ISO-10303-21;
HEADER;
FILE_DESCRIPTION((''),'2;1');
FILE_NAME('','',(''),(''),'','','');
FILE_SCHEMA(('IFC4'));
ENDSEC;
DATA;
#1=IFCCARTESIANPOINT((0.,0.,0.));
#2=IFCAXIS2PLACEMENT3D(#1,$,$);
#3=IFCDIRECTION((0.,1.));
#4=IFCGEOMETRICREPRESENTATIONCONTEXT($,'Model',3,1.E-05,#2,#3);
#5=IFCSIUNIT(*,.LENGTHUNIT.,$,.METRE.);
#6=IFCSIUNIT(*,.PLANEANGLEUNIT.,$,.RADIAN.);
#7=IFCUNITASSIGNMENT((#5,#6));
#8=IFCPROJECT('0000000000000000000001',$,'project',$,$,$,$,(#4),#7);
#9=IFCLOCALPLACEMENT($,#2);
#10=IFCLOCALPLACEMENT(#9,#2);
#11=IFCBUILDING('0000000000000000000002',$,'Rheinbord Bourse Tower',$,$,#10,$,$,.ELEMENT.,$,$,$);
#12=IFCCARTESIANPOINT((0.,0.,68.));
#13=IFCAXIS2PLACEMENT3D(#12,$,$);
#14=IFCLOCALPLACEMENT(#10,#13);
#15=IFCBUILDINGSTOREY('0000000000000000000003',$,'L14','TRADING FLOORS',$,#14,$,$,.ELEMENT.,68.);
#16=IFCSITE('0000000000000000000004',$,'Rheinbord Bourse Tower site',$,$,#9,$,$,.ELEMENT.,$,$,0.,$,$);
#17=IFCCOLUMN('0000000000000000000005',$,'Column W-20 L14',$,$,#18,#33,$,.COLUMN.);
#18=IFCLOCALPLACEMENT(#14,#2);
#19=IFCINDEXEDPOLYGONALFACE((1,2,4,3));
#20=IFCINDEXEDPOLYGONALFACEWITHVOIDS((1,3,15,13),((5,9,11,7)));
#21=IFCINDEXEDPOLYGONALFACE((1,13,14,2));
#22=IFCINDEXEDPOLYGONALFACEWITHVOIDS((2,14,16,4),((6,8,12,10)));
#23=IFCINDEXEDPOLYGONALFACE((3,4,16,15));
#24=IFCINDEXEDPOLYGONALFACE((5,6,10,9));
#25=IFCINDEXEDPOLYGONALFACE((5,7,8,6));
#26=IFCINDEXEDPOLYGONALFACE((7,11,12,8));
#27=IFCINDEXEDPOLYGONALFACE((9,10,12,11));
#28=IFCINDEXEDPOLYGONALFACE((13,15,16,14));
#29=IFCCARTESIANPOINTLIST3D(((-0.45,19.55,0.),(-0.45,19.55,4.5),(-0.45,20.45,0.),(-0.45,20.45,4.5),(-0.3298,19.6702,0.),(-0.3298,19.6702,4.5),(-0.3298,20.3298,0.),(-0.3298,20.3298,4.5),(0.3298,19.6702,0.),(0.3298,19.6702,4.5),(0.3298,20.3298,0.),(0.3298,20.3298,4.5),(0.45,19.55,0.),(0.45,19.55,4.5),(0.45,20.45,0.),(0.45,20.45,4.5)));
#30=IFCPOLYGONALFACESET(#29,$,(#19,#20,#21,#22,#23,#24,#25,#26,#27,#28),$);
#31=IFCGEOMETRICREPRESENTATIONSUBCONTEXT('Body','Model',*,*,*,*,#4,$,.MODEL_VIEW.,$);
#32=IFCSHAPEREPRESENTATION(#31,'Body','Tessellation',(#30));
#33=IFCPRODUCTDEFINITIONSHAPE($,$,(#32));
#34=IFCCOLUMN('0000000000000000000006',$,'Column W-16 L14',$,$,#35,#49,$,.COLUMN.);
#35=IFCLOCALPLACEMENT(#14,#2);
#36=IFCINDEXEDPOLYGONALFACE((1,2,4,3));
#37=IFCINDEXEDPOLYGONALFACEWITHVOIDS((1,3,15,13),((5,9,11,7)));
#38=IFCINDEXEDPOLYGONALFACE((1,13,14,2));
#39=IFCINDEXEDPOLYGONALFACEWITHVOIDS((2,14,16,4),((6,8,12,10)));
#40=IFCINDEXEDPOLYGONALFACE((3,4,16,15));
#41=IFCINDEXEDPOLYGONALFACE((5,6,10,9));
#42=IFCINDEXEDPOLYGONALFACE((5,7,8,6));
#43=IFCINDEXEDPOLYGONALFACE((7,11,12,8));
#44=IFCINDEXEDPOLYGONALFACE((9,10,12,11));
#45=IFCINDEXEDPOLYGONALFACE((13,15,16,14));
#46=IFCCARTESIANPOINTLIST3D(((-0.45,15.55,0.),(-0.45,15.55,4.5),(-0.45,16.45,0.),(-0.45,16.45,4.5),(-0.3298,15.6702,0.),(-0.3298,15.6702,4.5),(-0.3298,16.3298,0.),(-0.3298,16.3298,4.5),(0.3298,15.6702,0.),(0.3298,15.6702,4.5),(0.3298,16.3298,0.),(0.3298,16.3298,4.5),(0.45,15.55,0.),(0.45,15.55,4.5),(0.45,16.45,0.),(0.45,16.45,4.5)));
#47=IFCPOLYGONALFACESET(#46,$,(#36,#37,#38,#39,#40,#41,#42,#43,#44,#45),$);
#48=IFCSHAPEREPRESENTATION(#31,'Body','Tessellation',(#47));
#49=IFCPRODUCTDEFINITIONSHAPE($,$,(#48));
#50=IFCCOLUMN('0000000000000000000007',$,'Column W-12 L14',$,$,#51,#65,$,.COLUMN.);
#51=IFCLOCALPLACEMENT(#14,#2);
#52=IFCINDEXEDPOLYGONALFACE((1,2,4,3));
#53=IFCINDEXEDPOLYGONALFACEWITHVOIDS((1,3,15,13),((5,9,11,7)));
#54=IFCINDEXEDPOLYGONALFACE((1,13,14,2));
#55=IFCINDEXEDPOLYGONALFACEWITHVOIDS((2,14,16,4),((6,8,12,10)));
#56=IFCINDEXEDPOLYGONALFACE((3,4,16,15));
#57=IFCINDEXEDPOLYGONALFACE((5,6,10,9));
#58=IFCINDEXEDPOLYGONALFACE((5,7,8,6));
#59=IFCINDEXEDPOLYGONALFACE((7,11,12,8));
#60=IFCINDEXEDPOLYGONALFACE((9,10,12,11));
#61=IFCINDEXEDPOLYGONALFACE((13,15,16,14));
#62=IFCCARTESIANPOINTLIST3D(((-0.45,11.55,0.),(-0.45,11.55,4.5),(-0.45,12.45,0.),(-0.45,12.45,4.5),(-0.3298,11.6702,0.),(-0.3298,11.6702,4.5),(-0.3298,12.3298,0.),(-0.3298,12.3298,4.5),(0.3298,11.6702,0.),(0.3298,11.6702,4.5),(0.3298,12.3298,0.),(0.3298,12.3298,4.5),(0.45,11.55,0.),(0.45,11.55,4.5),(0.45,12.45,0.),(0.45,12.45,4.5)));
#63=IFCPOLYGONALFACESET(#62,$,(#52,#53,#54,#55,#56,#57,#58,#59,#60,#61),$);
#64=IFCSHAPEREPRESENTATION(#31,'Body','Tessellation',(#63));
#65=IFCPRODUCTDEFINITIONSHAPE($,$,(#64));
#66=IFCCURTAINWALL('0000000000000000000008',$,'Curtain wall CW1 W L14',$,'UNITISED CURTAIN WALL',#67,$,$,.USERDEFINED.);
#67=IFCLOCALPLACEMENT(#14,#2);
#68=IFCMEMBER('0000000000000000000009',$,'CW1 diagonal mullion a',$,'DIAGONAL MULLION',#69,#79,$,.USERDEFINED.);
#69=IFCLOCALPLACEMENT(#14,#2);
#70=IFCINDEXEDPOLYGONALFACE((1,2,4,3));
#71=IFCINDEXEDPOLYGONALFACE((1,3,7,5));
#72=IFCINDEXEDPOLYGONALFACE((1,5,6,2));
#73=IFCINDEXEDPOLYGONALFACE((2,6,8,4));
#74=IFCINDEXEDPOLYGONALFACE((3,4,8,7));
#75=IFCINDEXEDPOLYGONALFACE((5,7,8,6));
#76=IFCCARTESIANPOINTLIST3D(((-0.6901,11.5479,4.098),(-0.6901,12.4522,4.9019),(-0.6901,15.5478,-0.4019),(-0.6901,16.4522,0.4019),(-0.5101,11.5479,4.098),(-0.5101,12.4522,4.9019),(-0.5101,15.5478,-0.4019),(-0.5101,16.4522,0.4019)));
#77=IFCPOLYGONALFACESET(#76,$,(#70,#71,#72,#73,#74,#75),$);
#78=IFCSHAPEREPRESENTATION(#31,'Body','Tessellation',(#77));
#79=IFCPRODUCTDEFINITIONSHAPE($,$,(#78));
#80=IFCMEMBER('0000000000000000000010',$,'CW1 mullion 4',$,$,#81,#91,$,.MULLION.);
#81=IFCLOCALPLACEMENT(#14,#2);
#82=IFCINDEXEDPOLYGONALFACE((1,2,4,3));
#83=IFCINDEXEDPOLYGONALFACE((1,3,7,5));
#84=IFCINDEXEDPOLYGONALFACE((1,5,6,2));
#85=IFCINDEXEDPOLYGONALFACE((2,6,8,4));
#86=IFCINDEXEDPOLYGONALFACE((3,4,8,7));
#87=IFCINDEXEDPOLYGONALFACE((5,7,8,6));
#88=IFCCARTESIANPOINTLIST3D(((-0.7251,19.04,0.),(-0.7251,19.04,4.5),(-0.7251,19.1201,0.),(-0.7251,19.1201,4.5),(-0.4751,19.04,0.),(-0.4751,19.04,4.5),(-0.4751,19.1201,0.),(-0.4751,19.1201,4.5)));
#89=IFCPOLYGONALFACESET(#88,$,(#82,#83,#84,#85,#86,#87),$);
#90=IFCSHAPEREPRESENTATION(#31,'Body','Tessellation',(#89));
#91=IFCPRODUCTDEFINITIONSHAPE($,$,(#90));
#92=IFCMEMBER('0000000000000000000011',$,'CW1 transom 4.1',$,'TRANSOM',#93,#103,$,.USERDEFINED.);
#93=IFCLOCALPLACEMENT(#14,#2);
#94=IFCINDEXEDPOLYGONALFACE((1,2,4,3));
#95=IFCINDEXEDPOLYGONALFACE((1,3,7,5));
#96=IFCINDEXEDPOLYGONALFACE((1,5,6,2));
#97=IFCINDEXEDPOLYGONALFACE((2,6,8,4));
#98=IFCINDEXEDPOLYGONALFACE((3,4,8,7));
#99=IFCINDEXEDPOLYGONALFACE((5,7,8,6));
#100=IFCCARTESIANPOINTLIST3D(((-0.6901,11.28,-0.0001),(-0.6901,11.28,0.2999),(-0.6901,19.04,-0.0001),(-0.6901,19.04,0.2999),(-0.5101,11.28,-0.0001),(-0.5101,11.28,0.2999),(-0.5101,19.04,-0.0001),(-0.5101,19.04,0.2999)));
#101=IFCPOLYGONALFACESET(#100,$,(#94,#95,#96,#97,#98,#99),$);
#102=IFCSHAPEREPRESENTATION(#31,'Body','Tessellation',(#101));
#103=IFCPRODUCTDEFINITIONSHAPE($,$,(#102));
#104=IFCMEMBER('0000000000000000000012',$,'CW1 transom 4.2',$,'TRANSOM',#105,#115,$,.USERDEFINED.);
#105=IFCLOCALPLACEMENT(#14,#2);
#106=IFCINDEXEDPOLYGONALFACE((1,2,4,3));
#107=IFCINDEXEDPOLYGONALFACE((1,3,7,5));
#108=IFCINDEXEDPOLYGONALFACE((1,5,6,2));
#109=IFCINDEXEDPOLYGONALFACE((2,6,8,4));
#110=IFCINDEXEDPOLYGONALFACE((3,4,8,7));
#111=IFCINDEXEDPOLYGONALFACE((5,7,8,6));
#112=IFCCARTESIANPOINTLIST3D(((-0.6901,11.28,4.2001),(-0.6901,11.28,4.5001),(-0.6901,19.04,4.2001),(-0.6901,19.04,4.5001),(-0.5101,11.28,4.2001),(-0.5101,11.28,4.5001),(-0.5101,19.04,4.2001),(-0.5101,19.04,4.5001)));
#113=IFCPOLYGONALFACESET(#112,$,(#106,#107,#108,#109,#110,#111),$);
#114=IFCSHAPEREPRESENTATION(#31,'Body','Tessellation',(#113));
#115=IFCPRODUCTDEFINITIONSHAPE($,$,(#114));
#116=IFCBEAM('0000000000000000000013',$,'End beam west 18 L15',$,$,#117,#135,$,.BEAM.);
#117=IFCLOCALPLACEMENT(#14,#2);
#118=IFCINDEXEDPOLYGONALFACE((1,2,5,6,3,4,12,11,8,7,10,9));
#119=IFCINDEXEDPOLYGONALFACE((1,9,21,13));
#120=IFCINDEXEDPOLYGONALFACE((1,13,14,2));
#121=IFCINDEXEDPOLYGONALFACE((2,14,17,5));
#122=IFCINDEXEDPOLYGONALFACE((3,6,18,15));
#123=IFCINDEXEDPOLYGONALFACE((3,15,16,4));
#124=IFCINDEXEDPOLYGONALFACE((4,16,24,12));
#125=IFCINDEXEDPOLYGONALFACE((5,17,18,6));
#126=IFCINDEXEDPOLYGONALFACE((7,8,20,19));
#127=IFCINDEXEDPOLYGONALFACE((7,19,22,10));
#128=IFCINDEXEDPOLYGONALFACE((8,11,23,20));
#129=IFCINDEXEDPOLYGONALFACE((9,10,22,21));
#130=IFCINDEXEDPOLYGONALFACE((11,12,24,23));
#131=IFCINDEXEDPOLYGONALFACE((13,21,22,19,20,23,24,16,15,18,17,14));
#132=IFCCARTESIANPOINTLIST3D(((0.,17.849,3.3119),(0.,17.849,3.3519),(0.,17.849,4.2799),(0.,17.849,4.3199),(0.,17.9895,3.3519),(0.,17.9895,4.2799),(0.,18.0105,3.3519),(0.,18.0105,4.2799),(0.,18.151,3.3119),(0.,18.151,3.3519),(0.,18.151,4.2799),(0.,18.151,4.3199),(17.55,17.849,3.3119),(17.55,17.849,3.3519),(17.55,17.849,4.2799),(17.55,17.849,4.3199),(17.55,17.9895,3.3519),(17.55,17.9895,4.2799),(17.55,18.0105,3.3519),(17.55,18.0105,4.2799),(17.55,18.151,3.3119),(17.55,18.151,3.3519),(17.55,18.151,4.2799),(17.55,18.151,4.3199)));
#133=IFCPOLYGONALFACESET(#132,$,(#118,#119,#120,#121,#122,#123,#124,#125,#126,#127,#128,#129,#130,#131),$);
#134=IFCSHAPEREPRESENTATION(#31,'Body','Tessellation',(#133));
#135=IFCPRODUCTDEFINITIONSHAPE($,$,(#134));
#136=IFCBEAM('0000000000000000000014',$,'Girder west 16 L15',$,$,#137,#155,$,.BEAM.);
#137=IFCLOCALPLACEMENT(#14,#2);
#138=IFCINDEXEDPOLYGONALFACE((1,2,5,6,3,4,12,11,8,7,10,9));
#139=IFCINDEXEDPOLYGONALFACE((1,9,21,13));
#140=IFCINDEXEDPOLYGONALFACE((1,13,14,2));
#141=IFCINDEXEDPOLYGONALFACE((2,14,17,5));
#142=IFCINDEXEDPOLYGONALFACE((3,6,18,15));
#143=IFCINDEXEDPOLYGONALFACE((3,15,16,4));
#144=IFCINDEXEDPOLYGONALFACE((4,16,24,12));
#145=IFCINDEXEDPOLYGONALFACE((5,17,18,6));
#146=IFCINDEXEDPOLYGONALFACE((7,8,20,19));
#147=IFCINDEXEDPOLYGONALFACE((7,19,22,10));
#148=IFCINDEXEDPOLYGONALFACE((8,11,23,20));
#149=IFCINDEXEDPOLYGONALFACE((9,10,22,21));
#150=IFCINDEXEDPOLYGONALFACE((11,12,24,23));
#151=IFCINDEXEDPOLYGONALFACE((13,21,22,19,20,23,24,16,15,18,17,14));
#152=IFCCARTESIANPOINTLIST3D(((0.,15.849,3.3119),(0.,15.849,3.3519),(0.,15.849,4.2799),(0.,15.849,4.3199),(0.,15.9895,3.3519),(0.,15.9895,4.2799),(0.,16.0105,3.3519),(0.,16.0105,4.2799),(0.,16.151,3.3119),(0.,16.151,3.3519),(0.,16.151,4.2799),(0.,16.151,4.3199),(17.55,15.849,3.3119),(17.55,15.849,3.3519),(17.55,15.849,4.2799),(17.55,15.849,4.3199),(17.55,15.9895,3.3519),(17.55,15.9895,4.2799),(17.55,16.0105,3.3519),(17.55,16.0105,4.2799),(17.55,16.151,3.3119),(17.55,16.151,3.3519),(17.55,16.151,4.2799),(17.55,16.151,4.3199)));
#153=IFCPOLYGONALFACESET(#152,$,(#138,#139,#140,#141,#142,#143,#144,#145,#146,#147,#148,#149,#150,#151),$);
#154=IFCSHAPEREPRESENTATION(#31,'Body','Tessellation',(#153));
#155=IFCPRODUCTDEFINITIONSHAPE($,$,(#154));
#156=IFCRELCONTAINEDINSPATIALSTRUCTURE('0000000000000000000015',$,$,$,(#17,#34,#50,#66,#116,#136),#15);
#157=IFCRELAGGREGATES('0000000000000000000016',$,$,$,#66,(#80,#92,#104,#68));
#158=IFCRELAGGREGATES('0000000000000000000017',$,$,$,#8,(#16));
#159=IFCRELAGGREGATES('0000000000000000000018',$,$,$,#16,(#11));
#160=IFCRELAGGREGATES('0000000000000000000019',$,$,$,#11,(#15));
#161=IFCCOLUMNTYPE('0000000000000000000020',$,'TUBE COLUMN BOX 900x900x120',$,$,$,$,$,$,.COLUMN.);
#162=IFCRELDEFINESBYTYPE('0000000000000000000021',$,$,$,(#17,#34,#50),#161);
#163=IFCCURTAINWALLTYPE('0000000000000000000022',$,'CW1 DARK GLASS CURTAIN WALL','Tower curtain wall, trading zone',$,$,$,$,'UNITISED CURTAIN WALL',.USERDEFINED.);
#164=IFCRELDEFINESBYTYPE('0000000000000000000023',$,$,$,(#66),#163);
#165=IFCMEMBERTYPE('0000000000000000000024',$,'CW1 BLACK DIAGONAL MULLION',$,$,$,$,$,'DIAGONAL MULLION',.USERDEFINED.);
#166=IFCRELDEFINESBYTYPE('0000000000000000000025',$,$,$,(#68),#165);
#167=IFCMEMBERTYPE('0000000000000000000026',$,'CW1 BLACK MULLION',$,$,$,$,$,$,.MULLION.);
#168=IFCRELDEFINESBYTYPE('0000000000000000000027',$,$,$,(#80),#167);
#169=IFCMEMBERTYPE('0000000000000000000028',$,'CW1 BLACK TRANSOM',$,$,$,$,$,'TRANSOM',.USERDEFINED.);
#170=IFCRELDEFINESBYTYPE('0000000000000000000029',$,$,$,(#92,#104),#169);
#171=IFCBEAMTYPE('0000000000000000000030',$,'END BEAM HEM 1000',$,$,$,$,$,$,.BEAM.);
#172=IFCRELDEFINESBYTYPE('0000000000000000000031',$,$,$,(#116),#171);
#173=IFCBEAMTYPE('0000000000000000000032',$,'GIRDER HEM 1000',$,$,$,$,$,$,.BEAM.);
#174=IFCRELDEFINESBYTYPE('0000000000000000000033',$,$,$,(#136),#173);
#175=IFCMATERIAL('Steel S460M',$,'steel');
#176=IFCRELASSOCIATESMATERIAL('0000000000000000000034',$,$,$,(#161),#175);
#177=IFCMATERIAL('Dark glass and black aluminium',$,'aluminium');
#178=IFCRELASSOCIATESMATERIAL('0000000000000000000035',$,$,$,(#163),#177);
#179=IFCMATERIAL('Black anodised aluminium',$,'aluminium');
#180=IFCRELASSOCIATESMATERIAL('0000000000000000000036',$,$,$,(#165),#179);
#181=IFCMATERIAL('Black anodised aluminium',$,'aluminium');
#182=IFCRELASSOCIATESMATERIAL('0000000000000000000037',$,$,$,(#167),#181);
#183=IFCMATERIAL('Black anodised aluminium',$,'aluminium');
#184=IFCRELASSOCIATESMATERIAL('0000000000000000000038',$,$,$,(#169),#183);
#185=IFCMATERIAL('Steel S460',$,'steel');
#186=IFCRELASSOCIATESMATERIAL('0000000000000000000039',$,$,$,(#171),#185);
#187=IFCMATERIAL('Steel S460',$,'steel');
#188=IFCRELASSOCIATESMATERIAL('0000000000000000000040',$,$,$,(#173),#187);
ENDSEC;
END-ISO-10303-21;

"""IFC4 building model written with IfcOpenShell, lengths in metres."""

from ifc_helpers import new_model, si_unit, direction, frame, origin, origin_2d, place, context, subcontext, project, spatial, rectangle, hollow_rectangle, i_section, extrude, material, material_profile, profile_set, type_object, element, aggregate, save


model = new_model("IFC4")

# Units and contexts
model_context = context("Model", 3, precision=1e-05, world=origin(), true_north=direction((0.0, 1.0)))
body_context = subcontext(model_context, "Body", "Model", "MODEL_VIEW")
ifc_project = project(units=[si_unit("LENGTHUNIT", "METRE"), si_unit("PLANEANGLEUNIT", "RADIAN")], contexts=[model_context])

# Site, building, storey
site_placement = place(None, origin())
site = spatial("IfcSite", under=ifc_project, at=site_placement, Name="Rheinbord Bourse Tower site", CompositionType="ELEMENT", RefElevation=0.0)
building_placement = place(site_placement, origin())
building = spatial("IfcBuilding", under=site, at=building_placement, Name="Rheinbord Bourse Tower", CompositionType="ELEMENT")
storey_placement = place(building_placement, frame((0.0, 0.0, 68.0)))
storey = spatial("IfcBuildingStorey", under=building, at=storey_placement, Name="L14", Description="TRADING FLOORS", CompositionType="ELEMENT", Elevation=68.0)

# Columns
ifc_material_1 = material(Name="Steel S460M", Category="steel")
ifc_material_profile_1 = material_profile(ifc_material_1, hollow_rectangle(XDim=0.8999, YDim=0.8999, WallThickness=0.1201, at=origin_2d()), Name="BOX 900x900x120")
ifc_profile_set_1 = profile_set([ifc_material_profile_1], Name="Steel S460M")
column_type = type_object("IfcColumnType", Name="TUBE COLUMN BOX 900x900x120", PredefinedType="COLUMN", material=ifc_profile_set_1)
for number, where, z_axis, x_axis, name in (
    (1, (0.0, 20.0, 0.0), (0.0, 0.0, 1.0), (1.0, 0.0, 0.0), "Column W-20 L14"),
    (2, (0.0, 16.0, 0.0), (0.0, 0.0, 1.0), (1.0, 0.0, 0.0), "Column W-16 L14"),
    (3, (0.0, 12.0, 0.0), (0.0, 0.0, 1.0), (1.0, 0.0, 0.0), "Column W-12 L14"),
):
    element("IfcColumn", number, at=place(storey_placement, frame(where, z_axis=z_axis, x_axis=x_axis)), inside=storey, type_object=column_type, Name=name, PredefinedType="COLUMN", context=body_context, shape_type="SweptSolid", body=[
        extrude(hollow_rectangle(XDim=0.8999, YDim=0.8999, WallThickness=0.1201, at=origin_2d()), origin(), (0.0, 0.0, 1.0), 4.5),
    ])

# Curtain wall, members
ifc_material_2 = material(Name="Dark glass and black aluminium", Category="aluminium")
curtain_wall_type = type_object("IfcCurtainWallType", Name="CW1 DARK GLASS CURTAIN WALL", Description="Tower curtain wall, trading zone", ElementType="UNITISED CURTAIN WALL", PredefinedType="USERDEFINED", material=ifc_material_2)
curtain_wall_placement = place(storey_placement, origin())
curtain_wall = element("IfcCurtainWall", 4, at=curtain_wall_placement, inside=storey, type_object=curtain_wall_type, Name="Curtain wall CW1 W L14", ObjectType="UNITISED CURTAIN WALL", PredefinedType="USERDEFINED")
ifc_material_3 = material(Name="Black anodised aluminium", Category="aluminium")
ifc_material_profile_2 = material_profile(ifc_material_3, rectangle(XDim=0.1799, YDim=1.21, at=origin_2d()), Name="CW1 DIAGONAL MULLION 1210x180")
ifc_profile_set_2 = profile_set([ifc_material_profile_2], Name="Black anodised aluminium")
member_type_1 = type_object("IfcMemberType", Name="CW1 BLACK DIAGONAL MULLION", ElementType="DIAGONAL MULLION", PredefinedType="USERDEFINED", material=ifc_profile_set_2)
member_1_placement = place(storey_placement, frame((-0.6001, 16.0, 0.0), z_axis=(0.0, -0.664364, 0.747409), x_axis=(1.0, 0.0, 0.0)))
member_1 = element("IfcMember", 5, at=member_1_placement, type_object=member_type_1, Name="CW1 diagonal mullion a", ObjectType="DIAGONAL MULLION", PredefinedType="USERDEFINED", context=body_context, shape_type="SweptSolid", body=[
    extrude(rectangle(XDim=0.1799, YDim=1.21, at=origin_2d()), origin(), (0.0, 0.0, 1.0), 6.0208),
])
ifc_material_4 = material(Name="Black anodised aluminium", Category="aluminium")
ifc_material_profile_3 = material_profile(ifc_material_4, rectangle(XDim=0.25, YDim=0.0801, at=origin_2d()), Name="CW1 MULLION 80x250")
ifc_profile_set_3 = profile_set([ifc_material_profile_3], Name="Black anodised aluminium")
member_type_2 = type_object("IfcMemberType", Name="CW1 BLACK MULLION", PredefinedType="MULLION", material=ifc_profile_set_3)
member_2_placement = place(storey_placement, frame((-0.6001, 19.0801, 0.0), z_axis=(0.0, 0.0, 1.0), x_axis=(1.0, 0.0, 0.0)))
member_2 = element("IfcMember", 6, at=member_2_placement, type_object=member_type_2, Name="CW1 mullion 4", PredefinedType="MULLION", context=body_context, shape_type="SweptSolid", body=[
    extrude(rectangle(XDim=0.25, YDim=0.0801, at=origin_2d()), origin(), (0.0, 0.0, 1.0), 4.5),
])
ifc_material_5 = material(Name="Black anodised aluminium", Category="aluminium")
ifc_material_profile_4 = material_profile(ifc_material_5, rectangle(XDim=0.1799, YDim=0.3, at=origin_2d()), Name="CW1 TRANSOM 300x180")
ifc_profile_set_4 = profile_set([ifc_material_profile_4], Name="Black anodised aluminium")
member_type_3 = type_object("IfcMemberType", Name="CW1 BLACK TRANSOM", ElementType="TRANSOM", PredefinedType="USERDEFINED", material=ifc_profile_set_4)
member_3_placement = place(storey_placement, frame((-0.6001, 19.04, 0.1499), z_axis=(0.0, -1.0, 0.0), x_axis=(1.0, 0.0, 0.0)))
member_3 = element("IfcMember", 7, at=member_3_placement, type_object=member_type_3, Name="CW1 transom 4.1", ObjectType="TRANSOM", PredefinedType="USERDEFINED", context=body_context, shape_type="SweptSolid", body=[
    extrude(rectangle(XDim=0.1799, YDim=0.3, at=origin_2d()), origin(), (0.0, 0.0, 1.0), 7.76),
])
member_4_placement = place(storey_placement, frame((-0.6001, 19.04, 4.3501), z_axis=(0.0, -1.0, 0.0), x_axis=(1.0, 0.0, 0.0)))
member_4 = element("IfcMember", 8, at=member_4_placement, type_object=member_type_3, Name="CW1 transom 4.2", ObjectType="TRANSOM", PredefinedType="USERDEFINED", context=body_context, shape_type="SweptSolid", body=[
    extrude(rectangle(XDim=0.1799, YDim=0.3, at=origin_2d()), origin(), (0.0, 0.0, 1.0), 7.76),
])

# Beams
ifc_material_6 = material(Name="Steel S460", Category="steel")
ifc_material_profile_5 = material_profile(ifc_material_6, i_section(OverallWidth=0.302, OverallDepth=1.0081, WebThickness=0.021, FlangeThickness=0.04, at=origin_2d()), Name="HEM 1000")
ifc_profile_set_5 = profile_set([ifc_material_profile_5], Name="Steel S460")
beam_type_1 = type_object("IfcBeamType", Name="END BEAM HEM 1000", PredefinedType="BEAM", material=ifc_profile_set_5)
beam_1_placement = place(storey_placement, frame((0.0, 18.0, 3.8159), z_axis=(1.0, 0.0, 0.0), x_axis=(0.0, 1.0, 0.0)))
element("IfcBeam", 9, at=beam_1_placement, inside=storey, type_object=beam_type_1, Name="End beam west 18 L15", PredefinedType="BEAM", context=body_context, shape_type="SweptSolid", body=[
    extrude(i_section(OverallWidth=0.302, OverallDepth=1.0081, WebThickness=0.021, FlangeThickness=0.04, at=origin_2d()), origin(), (0.0, 0.0, 1.0), 17.55),
])
ifc_material_7 = material(Name="Steel S460", Category="steel")
ifc_material_profile_6 = material_profile(ifc_material_7, i_section(OverallWidth=0.302, OverallDepth=1.0081, WebThickness=0.021, FlangeThickness=0.04, at=origin_2d()), Name="HEM 1000")
ifc_profile_set_6 = profile_set([ifc_material_profile_6], Name="Steel S460")
beam_type_2 = type_object("IfcBeamType", Name="GIRDER HEM 1000", PredefinedType="BEAM", material=ifc_profile_set_6)
beam_2_placement = place(storey_placement, frame((0.0, 16.0, 3.8159), z_axis=(1.0, 0.0, 0.0), x_axis=(0.0, 1.0, 0.0)))
element("IfcBeam", 10, at=beam_2_placement, inside=storey, type_object=beam_type_2, Name="Girder west 16 L15", PredefinedType="BEAM", context=body_context, shape_type="SweptSolid", body=[
    extrude(i_section(OverallWidth=0.302, OverallDepth=1.0081, WebThickness=0.021, FlangeThickness=0.04, at=origin_2d()), origin(), (0.0, 0.0, 1.0), 17.55),
])

aggregate(curtain_wall, [member_2, member_3, member_4, member_1])

save(model, "model.ifc")
